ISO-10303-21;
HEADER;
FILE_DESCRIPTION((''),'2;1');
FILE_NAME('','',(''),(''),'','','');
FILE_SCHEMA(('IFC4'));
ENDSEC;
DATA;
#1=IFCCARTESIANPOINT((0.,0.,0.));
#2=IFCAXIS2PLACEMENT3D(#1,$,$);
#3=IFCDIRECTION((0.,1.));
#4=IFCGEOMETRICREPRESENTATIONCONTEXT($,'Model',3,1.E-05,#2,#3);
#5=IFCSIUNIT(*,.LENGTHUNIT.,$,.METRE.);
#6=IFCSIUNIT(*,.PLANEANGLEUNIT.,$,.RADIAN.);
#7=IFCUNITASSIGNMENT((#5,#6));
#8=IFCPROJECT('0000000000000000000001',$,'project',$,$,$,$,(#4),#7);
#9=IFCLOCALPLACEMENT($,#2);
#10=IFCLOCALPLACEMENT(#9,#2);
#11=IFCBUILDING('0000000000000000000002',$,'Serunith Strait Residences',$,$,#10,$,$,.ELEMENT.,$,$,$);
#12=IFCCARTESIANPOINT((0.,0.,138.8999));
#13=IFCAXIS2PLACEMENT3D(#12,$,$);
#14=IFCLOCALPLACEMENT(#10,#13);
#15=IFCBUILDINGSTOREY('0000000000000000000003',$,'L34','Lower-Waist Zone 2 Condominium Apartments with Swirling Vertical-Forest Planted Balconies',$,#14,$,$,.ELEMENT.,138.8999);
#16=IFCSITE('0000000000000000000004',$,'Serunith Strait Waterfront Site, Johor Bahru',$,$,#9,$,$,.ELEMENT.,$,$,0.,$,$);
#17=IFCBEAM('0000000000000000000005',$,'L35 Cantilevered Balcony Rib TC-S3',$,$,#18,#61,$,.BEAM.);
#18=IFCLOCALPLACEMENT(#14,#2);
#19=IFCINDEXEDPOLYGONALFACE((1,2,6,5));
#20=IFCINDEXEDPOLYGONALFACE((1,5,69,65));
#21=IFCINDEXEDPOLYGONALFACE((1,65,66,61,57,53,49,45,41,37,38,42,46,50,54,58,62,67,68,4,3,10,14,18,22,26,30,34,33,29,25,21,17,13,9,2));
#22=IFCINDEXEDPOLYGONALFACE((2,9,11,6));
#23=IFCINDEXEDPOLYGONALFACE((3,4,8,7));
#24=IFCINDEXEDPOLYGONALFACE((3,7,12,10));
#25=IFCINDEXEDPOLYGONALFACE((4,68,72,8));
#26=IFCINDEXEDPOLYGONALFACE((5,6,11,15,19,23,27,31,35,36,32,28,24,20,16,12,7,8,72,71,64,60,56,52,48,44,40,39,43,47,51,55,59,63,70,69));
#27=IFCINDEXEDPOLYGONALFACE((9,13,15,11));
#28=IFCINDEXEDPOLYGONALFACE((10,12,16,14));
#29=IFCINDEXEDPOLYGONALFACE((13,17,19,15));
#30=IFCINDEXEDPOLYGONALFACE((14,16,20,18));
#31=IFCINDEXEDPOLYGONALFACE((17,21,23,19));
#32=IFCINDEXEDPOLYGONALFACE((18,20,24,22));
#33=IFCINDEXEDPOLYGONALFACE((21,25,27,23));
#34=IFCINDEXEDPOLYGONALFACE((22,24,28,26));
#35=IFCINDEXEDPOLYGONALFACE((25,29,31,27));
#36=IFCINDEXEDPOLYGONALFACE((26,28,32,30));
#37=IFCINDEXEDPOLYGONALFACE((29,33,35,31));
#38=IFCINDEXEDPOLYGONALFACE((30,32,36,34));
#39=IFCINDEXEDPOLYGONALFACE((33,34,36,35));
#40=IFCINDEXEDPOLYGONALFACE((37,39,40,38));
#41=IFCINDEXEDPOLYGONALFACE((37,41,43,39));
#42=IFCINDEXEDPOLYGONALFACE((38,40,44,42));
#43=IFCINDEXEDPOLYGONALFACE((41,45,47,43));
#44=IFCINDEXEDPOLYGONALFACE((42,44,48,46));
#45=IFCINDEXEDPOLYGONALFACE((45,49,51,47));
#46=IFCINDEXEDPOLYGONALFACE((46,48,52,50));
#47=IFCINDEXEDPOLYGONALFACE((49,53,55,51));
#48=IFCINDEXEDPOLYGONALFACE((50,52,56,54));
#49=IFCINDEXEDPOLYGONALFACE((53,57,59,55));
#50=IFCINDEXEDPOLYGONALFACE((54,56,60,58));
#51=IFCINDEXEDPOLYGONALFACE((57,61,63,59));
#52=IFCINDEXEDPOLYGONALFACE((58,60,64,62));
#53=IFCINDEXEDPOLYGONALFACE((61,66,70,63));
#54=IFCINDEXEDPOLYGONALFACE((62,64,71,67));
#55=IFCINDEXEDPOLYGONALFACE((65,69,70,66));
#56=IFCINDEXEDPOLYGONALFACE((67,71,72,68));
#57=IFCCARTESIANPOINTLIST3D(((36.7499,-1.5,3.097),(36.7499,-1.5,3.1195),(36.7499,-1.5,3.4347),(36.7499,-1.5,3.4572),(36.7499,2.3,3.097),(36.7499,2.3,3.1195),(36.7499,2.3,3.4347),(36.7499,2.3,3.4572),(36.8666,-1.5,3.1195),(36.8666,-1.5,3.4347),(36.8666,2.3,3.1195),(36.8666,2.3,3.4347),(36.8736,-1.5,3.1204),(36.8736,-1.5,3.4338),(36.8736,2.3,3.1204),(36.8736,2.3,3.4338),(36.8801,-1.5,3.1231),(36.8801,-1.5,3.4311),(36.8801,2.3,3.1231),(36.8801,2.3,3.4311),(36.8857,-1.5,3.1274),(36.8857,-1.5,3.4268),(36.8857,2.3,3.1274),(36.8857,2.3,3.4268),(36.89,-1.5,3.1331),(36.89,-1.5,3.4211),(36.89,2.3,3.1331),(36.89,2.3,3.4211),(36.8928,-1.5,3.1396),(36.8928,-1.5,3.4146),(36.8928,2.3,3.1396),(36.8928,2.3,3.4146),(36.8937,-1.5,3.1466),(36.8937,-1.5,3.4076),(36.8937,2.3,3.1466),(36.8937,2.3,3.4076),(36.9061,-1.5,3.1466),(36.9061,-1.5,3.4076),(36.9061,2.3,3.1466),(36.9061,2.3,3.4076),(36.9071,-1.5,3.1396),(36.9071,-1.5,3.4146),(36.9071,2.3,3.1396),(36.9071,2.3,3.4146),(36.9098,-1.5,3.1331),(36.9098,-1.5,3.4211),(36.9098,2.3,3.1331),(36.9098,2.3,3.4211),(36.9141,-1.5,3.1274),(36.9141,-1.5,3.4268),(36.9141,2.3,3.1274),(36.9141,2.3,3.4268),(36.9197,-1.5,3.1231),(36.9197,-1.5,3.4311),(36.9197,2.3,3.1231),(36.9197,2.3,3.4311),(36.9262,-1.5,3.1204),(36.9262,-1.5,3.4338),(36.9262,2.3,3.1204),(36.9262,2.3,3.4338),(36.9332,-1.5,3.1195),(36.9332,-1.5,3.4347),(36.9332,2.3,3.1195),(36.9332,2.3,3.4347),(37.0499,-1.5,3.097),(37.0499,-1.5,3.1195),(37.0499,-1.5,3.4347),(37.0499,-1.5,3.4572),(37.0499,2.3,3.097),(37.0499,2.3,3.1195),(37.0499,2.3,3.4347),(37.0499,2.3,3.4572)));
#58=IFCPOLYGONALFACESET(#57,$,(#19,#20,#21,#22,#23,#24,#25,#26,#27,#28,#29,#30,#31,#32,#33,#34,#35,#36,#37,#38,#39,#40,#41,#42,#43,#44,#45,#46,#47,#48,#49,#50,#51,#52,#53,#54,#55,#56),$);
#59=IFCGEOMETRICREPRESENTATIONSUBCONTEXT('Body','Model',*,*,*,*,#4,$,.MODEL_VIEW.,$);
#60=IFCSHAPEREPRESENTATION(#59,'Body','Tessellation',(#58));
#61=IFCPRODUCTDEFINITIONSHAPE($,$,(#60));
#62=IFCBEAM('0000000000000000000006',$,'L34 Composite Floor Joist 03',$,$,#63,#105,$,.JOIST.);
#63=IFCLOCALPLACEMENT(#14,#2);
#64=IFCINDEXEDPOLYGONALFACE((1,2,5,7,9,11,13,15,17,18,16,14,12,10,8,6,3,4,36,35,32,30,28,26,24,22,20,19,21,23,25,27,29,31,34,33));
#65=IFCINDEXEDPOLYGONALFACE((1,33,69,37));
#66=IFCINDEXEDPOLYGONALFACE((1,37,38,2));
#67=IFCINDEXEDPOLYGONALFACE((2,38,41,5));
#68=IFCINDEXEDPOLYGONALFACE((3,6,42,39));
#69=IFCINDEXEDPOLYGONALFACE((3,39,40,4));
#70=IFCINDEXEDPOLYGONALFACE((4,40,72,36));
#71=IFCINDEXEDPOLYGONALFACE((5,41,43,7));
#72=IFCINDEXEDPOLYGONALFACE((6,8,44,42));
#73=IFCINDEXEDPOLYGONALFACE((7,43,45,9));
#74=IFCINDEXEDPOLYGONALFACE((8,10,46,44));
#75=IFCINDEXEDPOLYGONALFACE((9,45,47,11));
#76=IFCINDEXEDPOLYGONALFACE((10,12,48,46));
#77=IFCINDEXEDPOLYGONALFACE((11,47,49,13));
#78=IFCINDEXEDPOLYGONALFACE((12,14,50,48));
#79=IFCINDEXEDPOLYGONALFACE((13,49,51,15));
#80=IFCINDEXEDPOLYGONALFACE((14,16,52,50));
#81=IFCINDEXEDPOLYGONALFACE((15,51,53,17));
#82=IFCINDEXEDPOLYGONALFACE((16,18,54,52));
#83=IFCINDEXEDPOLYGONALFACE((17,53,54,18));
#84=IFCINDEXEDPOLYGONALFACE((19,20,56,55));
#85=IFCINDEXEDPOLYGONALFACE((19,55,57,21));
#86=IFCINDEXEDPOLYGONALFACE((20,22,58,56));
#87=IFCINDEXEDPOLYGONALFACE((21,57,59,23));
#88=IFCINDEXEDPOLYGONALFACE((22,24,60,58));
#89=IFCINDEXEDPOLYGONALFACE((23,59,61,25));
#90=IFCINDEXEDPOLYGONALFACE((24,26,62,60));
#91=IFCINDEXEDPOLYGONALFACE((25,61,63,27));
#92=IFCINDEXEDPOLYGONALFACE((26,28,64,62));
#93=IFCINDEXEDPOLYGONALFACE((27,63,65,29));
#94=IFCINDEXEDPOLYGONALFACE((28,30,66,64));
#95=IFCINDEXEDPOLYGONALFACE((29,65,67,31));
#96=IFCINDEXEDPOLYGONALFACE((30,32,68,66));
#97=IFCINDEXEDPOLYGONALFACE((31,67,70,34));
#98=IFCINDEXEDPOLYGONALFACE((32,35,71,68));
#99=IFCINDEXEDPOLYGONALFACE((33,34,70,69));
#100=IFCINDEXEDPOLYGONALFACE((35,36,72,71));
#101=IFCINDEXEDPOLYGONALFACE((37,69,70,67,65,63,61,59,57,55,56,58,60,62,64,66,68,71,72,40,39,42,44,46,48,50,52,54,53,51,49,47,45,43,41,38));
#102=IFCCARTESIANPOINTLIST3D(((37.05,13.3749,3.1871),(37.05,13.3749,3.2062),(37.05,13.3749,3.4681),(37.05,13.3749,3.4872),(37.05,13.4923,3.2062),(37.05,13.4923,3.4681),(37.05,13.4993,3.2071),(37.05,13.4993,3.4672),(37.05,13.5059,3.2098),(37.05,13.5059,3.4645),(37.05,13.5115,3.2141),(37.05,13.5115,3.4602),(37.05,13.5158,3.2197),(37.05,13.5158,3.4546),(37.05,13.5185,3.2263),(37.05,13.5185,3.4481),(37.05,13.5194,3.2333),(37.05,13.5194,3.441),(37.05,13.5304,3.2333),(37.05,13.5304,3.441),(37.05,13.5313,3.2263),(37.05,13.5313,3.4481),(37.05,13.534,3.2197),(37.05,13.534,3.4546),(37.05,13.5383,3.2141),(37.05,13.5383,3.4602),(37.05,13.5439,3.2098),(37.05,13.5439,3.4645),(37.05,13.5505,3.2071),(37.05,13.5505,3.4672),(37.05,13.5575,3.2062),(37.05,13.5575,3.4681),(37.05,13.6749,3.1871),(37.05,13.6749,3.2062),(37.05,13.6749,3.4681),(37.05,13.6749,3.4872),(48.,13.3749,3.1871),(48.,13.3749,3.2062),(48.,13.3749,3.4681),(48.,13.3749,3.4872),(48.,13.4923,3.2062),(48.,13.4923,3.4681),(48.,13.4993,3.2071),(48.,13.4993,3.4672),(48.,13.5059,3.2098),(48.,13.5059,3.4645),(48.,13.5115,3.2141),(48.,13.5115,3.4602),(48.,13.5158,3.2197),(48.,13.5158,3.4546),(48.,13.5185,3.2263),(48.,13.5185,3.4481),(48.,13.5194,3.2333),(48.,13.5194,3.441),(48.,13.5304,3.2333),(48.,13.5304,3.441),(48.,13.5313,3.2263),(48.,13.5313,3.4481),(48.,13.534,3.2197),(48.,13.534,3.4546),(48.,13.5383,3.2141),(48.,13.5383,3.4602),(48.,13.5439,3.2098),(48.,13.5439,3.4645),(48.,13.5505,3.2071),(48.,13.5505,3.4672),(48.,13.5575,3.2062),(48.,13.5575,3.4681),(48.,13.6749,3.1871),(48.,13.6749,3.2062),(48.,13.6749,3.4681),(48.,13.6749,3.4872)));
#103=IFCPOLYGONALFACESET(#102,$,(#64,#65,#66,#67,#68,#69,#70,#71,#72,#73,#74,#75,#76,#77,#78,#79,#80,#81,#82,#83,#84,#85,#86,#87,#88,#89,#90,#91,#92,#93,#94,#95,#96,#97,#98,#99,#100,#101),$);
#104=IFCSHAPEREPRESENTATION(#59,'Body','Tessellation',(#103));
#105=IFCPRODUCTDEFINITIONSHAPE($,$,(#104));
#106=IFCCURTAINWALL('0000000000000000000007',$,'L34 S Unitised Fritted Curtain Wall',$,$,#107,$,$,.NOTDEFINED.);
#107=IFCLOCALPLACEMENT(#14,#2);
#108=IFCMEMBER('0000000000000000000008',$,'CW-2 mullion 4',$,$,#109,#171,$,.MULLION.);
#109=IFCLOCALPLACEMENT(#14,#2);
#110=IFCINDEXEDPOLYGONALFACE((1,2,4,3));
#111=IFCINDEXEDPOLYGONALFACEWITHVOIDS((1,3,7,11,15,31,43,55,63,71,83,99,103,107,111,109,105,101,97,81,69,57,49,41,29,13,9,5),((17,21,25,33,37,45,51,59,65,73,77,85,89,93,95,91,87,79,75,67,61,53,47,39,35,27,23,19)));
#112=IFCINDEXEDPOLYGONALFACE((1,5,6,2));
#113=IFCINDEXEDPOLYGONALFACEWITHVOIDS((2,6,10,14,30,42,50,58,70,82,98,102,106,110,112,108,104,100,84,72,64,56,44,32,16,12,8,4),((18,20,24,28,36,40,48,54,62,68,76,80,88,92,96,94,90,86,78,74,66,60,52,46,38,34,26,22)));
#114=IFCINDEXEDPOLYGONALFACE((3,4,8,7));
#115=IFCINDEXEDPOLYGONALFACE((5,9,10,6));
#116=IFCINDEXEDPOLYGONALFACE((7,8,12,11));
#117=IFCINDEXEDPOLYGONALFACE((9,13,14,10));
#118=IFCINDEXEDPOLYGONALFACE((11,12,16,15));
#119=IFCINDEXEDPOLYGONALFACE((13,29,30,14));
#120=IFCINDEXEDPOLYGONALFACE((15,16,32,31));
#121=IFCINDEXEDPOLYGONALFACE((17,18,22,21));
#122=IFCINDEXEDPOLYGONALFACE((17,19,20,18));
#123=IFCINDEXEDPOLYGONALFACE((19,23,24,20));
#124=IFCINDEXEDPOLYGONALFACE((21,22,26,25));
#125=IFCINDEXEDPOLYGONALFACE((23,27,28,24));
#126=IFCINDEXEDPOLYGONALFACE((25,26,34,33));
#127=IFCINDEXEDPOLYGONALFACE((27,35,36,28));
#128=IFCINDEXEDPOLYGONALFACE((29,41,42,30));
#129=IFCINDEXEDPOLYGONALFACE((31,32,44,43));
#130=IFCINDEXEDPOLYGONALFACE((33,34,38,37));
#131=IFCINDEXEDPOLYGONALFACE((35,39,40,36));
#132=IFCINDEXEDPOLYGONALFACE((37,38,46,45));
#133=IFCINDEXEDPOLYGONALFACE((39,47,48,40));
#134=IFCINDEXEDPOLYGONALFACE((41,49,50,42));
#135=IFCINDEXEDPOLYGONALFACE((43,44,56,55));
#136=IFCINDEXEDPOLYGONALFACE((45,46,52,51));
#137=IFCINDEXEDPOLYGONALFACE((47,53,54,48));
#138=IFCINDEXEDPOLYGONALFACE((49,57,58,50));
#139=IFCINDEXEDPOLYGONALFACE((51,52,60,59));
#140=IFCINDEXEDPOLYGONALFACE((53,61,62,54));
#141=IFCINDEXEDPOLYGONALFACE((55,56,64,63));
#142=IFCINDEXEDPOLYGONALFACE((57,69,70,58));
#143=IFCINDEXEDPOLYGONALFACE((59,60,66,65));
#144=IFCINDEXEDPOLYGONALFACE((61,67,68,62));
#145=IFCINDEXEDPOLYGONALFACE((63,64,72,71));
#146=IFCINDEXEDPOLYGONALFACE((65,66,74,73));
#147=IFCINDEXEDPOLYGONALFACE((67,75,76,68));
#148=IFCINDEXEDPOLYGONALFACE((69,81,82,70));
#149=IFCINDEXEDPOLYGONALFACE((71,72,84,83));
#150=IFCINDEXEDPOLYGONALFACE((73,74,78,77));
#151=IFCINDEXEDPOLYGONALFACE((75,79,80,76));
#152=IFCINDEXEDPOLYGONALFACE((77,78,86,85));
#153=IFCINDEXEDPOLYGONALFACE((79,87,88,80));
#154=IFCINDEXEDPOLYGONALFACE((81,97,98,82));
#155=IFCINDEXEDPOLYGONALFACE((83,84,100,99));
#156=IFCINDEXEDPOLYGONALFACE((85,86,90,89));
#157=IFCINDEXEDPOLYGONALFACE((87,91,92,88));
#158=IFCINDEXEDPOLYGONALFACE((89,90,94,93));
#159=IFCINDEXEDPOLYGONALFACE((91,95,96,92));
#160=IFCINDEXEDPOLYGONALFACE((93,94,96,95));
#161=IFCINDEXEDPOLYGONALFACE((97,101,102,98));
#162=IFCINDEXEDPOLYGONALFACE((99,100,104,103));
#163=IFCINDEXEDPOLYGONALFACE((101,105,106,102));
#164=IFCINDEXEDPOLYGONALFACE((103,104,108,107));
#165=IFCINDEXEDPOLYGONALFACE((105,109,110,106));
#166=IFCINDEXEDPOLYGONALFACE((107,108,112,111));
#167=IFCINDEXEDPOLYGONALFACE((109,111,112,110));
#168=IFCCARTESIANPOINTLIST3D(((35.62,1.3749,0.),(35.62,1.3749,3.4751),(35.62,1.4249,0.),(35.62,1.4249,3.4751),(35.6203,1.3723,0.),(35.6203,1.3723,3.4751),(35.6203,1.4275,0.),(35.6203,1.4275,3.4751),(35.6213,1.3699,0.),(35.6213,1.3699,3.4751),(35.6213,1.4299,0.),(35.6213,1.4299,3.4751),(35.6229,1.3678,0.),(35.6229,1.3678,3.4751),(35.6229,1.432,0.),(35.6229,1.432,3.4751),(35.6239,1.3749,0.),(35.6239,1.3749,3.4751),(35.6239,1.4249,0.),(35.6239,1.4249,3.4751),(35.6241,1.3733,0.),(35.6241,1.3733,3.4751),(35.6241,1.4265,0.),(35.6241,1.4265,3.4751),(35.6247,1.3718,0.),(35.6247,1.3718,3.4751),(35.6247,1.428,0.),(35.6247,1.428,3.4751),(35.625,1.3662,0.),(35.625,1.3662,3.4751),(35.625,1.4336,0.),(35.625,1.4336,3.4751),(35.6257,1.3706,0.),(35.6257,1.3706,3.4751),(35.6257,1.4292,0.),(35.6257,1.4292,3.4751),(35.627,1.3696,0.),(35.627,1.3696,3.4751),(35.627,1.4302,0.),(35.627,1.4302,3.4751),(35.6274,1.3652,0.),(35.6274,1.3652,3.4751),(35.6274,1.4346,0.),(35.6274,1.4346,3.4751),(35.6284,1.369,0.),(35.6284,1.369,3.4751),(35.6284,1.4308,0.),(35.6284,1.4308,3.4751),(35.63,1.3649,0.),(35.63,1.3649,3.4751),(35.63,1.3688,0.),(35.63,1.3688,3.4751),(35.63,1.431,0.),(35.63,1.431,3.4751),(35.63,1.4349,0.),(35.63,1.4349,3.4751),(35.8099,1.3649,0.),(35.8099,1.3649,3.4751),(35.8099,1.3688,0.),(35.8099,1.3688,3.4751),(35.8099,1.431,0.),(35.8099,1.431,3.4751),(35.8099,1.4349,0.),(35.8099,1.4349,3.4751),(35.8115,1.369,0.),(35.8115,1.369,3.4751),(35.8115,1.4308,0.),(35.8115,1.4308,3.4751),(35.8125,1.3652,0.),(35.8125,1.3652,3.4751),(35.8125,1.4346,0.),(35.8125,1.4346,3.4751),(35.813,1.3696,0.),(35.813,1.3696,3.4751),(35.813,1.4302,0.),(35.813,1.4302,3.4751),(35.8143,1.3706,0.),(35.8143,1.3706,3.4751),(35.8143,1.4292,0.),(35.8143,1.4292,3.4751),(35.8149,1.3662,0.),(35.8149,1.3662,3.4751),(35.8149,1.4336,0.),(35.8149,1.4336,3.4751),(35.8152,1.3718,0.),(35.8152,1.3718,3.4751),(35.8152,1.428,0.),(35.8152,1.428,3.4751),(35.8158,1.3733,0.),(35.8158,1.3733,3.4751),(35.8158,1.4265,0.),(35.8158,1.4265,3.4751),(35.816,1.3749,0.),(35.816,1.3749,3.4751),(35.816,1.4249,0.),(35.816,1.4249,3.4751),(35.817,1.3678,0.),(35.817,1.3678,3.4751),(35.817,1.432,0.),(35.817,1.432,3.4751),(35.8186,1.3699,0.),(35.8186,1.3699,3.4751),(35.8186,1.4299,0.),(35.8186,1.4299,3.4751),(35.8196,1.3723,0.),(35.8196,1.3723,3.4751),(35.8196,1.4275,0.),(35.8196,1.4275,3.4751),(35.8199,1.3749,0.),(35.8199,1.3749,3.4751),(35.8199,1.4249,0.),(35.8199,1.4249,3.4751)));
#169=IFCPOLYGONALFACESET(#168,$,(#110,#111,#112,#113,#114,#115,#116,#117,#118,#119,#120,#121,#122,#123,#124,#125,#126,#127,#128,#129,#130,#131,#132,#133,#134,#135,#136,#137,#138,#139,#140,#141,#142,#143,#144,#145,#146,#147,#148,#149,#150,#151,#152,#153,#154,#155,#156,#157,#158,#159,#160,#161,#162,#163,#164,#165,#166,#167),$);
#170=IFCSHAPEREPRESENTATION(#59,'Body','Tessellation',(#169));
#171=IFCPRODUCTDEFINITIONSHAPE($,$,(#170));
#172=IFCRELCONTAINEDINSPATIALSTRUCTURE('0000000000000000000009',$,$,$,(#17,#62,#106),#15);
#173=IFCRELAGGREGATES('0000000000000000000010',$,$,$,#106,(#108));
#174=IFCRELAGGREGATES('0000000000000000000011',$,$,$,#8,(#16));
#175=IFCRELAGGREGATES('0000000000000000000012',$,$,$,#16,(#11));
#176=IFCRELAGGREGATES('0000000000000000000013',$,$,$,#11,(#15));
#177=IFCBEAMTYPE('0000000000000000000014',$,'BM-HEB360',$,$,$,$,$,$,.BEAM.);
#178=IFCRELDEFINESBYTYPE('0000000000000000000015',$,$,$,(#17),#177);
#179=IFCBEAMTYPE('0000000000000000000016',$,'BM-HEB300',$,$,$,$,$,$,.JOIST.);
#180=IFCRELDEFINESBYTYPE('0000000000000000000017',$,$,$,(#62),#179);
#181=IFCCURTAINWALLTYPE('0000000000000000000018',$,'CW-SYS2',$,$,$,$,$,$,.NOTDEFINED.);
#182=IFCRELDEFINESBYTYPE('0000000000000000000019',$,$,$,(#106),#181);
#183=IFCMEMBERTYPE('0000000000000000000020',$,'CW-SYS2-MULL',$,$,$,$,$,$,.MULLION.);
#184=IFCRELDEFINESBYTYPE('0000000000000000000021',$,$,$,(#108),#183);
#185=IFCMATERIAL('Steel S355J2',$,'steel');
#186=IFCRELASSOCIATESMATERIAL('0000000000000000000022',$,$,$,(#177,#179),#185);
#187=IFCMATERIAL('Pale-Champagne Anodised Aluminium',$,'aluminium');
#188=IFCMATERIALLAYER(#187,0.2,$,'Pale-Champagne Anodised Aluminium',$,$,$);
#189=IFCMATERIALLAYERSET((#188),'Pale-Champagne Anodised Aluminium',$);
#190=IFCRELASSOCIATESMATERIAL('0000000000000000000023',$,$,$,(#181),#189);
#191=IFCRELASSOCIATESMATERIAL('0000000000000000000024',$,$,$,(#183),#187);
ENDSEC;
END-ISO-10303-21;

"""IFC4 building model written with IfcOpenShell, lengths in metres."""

from ifc_helpers import new_model, si_unit, direction, frame, origin, origin_2d, place, context, subcontext, project, spatial, hollow_rectangle, i_section, extrude, source, transform, mapped, material, layer, layer_set, material_profile, profile_set, type_object, element, aggregate, save


model = new_model("IFC4")

# Units and contexts
model_context = context("Model", 3, precision=1e-05, world=origin(), true_north=direction((0.0, 1.0)))
body_context = subcontext(model_context, "Body", "Model", "MODEL_VIEW")
ifc_project = project(units=[si_unit("LENGTHUNIT", "METRE"), si_unit("PLANEANGLEUNIT", "RADIAN")], contexts=[model_context])

# Site, building, storey
site_placement = place(None, origin())
site = spatial("IfcSite", under=ifc_project, at=site_placement, Name="Serunith Strait Waterfront Site, Johor Bahru", CompositionType="ELEMENT", RefElevation=0.0)
building_placement = place(site_placement, origin())
building = spatial("IfcBuilding", under=site, at=building_placement, Name="Serunith Strait Residences", CompositionType="ELEMENT")
storey_placement = place(building_placement, frame((0.0, 0.0, 138.8999)))
storey = spatial("IfcBuildingStorey", under=building, at=storey_placement, Name="L34", Description="Lower-Waist Zone 2 Condominium Apartments with Swirling Vertical-Forest Planted Balconies", CompositionType="ELEMENT", Elevation=138.8999)

# Beams
ifc_material_1 = material(Name="Steel S355J2", Category="steel")
ifc_material_profile_1 = material_profile(ifc_material_1, i_section(OverallWidth=0.3, OverallDepth=0.3601, WebThickness=0.0125, FlangeThickness=0.0225, FilletRadius=0.0271, at=origin_2d()), Name="HEB 360")
ifc_profile_set_1 = profile_set([ifc_material_profile_1], Name="Steel S355J2")
beam_type_1 = type_object("IfcBeamType", Name="BM-HEB360", PredefinedType="BEAM", material=ifc_profile_set_1)
shared_shape_1 = source(origin(), body_context, "Body", "SweptSolid", [
    extrude(i_section(OverallWidth=0.3, OverallDepth=0.3601, WebThickness=0.0125, FlangeThickness=0.0225, FilletRadius=0.0271, at=origin_2d()), origin(), (0.0, 0.0, 1.0), 3.8),
])
beam_1_placement = place(storey_placement, frame((36.8999, 2.3, 3.2771), z_axis=(0.0, -1.0, 0.0), x_axis=(1.0, 0.0, 0.0)))
element("IfcBeam", 1, at=beam_1_placement, inside=storey, type_object=beam_type_1, Name="L35 Cantilevered Balcony Rib TC-S3", PredefinedType="BEAM", context=body_context, shape_type="MappedRepresentation", body=[
    mapped(shared_shape_1, transform((0.0, 0.0, 0.0), scale=1.0)),
])
ifc_material_profile_2 = material_profile(ifc_material_1, i_section(OverallWidth=0.3, OverallDepth=0.3, WebThickness=0.011, FlangeThickness=0.019, FilletRadius=0.0271, at=origin_2d()), Name="HEB 300")
ifc_profile_set_2 = profile_set([ifc_material_profile_2], Name="Steel S355J2")
beam_type_2 = type_object("IfcBeamType", Name="BM-HEB300", PredefinedType="JOIST", material=ifc_profile_set_2)
shared_shape_2 = source(origin(), body_context, "Body", "SweptSolid", [
    extrude(i_section(OverallWidth=0.3, OverallDepth=0.3, WebThickness=0.011, FlangeThickness=0.019, FilletRadius=0.0271, at=origin_2d()), origin(), (0.0, 0.0, 1.0), 10.95),
])
beam_2_placement = place(storey_placement, frame((37.05, 13.5249, 3.3372), z_axis=(1.0, 0.0, 0.0), x_axis=(0.0, 1.0, 0.0)))
element("IfcBeam", 2, at=beam_2_placement, inside=storey, type_object=beam_type_2, Name="L34 Composite Floor Joist 03", PredefinedType="JOIST", context=body_context, shape_type="MappedRepresentation", body=[
    mapped(shared_shape_2, transform((0.0, 0.0, 0.0), scale=1.0)),
])

# Curtain wall, member
ifc_material_2 = material(Name="Pale-Champagne Anodised Aluminium", Category="aluminium")
ifc_layer_1 = layer(ifc_material_2, 0.2, Name="Pale-Champagne Anodised Aluminium")
ifc_layer_set_1 = layer_set([ifc_layer_1], Name="Pale-Champagne Anodised Aluminium")
curtain_wall_type = type_object("IfcCurtainWallType", Name="CW-SYS2", PredefinedType="NOTDEFINED", material=ifc_layer_set_1)
curtain_wall_placement = place(storey_placement, origin())
curtain_wall = element("IfcCurtainWall", 3, at=curtain_wall_placement, inside=storey, type_object=curtain_wall_type, Name="L34 S Unitised Fritted Curtain Wall", PredefinedType="NOTDEFINED")
ifc_material_profile_3 = material_profile(ifc_material_2, hollow_rectangle(XDim=0.0701, YDim=0.2, WallThickness=0.0039, InnerFilletRadius=0.0061, OuterFilletRadius=0.01, at=origin_2d()), Name="ALU 200x70x4")
ifc_profile_set_3 = profile_set([ifc_material_profile_3], Name="Pale-Champagne Anodised Aluminium")
member_type_1 = type_object("IfcMemberType", Name="CW-SYS2-MULL", PredefinedType="MULLION", material=ifc_profile_set_3)
shared_shape_3 = source(origin(), body_context, "Body", "SweptSolid", [
    extrude(hollow_rectangle(XDim=0.0701, YDim=0.2, WallThickness=0.0039, InnerFilletRadius=0.0061, OuterFilletRadius=0.01, at=origin_2d()), origin(), (0.0, 0.0, 1.0), 3.4751),
])
member_1_placement = place(storey_placement, frame((35.72, 1.3999, 0.0), z_axis=(0.0, 0.0, 1.0), x_axis=(0.0, 1.0, 0.0)))
member_1 = element("IfcMember", 4, at=member_1_placement, type_object=member_type_1, Name="CW-2 mullion 4", PredefinedType="MULLION", context=body_context, shape_type="MappedRepresentation", body=[
    mapped(shared_shape_3, transform((0.0, 0.0, 0.0), scale=1.0)),
])
aggregate(curtain_wall, [member_1])

save(model, "model.ifc")
